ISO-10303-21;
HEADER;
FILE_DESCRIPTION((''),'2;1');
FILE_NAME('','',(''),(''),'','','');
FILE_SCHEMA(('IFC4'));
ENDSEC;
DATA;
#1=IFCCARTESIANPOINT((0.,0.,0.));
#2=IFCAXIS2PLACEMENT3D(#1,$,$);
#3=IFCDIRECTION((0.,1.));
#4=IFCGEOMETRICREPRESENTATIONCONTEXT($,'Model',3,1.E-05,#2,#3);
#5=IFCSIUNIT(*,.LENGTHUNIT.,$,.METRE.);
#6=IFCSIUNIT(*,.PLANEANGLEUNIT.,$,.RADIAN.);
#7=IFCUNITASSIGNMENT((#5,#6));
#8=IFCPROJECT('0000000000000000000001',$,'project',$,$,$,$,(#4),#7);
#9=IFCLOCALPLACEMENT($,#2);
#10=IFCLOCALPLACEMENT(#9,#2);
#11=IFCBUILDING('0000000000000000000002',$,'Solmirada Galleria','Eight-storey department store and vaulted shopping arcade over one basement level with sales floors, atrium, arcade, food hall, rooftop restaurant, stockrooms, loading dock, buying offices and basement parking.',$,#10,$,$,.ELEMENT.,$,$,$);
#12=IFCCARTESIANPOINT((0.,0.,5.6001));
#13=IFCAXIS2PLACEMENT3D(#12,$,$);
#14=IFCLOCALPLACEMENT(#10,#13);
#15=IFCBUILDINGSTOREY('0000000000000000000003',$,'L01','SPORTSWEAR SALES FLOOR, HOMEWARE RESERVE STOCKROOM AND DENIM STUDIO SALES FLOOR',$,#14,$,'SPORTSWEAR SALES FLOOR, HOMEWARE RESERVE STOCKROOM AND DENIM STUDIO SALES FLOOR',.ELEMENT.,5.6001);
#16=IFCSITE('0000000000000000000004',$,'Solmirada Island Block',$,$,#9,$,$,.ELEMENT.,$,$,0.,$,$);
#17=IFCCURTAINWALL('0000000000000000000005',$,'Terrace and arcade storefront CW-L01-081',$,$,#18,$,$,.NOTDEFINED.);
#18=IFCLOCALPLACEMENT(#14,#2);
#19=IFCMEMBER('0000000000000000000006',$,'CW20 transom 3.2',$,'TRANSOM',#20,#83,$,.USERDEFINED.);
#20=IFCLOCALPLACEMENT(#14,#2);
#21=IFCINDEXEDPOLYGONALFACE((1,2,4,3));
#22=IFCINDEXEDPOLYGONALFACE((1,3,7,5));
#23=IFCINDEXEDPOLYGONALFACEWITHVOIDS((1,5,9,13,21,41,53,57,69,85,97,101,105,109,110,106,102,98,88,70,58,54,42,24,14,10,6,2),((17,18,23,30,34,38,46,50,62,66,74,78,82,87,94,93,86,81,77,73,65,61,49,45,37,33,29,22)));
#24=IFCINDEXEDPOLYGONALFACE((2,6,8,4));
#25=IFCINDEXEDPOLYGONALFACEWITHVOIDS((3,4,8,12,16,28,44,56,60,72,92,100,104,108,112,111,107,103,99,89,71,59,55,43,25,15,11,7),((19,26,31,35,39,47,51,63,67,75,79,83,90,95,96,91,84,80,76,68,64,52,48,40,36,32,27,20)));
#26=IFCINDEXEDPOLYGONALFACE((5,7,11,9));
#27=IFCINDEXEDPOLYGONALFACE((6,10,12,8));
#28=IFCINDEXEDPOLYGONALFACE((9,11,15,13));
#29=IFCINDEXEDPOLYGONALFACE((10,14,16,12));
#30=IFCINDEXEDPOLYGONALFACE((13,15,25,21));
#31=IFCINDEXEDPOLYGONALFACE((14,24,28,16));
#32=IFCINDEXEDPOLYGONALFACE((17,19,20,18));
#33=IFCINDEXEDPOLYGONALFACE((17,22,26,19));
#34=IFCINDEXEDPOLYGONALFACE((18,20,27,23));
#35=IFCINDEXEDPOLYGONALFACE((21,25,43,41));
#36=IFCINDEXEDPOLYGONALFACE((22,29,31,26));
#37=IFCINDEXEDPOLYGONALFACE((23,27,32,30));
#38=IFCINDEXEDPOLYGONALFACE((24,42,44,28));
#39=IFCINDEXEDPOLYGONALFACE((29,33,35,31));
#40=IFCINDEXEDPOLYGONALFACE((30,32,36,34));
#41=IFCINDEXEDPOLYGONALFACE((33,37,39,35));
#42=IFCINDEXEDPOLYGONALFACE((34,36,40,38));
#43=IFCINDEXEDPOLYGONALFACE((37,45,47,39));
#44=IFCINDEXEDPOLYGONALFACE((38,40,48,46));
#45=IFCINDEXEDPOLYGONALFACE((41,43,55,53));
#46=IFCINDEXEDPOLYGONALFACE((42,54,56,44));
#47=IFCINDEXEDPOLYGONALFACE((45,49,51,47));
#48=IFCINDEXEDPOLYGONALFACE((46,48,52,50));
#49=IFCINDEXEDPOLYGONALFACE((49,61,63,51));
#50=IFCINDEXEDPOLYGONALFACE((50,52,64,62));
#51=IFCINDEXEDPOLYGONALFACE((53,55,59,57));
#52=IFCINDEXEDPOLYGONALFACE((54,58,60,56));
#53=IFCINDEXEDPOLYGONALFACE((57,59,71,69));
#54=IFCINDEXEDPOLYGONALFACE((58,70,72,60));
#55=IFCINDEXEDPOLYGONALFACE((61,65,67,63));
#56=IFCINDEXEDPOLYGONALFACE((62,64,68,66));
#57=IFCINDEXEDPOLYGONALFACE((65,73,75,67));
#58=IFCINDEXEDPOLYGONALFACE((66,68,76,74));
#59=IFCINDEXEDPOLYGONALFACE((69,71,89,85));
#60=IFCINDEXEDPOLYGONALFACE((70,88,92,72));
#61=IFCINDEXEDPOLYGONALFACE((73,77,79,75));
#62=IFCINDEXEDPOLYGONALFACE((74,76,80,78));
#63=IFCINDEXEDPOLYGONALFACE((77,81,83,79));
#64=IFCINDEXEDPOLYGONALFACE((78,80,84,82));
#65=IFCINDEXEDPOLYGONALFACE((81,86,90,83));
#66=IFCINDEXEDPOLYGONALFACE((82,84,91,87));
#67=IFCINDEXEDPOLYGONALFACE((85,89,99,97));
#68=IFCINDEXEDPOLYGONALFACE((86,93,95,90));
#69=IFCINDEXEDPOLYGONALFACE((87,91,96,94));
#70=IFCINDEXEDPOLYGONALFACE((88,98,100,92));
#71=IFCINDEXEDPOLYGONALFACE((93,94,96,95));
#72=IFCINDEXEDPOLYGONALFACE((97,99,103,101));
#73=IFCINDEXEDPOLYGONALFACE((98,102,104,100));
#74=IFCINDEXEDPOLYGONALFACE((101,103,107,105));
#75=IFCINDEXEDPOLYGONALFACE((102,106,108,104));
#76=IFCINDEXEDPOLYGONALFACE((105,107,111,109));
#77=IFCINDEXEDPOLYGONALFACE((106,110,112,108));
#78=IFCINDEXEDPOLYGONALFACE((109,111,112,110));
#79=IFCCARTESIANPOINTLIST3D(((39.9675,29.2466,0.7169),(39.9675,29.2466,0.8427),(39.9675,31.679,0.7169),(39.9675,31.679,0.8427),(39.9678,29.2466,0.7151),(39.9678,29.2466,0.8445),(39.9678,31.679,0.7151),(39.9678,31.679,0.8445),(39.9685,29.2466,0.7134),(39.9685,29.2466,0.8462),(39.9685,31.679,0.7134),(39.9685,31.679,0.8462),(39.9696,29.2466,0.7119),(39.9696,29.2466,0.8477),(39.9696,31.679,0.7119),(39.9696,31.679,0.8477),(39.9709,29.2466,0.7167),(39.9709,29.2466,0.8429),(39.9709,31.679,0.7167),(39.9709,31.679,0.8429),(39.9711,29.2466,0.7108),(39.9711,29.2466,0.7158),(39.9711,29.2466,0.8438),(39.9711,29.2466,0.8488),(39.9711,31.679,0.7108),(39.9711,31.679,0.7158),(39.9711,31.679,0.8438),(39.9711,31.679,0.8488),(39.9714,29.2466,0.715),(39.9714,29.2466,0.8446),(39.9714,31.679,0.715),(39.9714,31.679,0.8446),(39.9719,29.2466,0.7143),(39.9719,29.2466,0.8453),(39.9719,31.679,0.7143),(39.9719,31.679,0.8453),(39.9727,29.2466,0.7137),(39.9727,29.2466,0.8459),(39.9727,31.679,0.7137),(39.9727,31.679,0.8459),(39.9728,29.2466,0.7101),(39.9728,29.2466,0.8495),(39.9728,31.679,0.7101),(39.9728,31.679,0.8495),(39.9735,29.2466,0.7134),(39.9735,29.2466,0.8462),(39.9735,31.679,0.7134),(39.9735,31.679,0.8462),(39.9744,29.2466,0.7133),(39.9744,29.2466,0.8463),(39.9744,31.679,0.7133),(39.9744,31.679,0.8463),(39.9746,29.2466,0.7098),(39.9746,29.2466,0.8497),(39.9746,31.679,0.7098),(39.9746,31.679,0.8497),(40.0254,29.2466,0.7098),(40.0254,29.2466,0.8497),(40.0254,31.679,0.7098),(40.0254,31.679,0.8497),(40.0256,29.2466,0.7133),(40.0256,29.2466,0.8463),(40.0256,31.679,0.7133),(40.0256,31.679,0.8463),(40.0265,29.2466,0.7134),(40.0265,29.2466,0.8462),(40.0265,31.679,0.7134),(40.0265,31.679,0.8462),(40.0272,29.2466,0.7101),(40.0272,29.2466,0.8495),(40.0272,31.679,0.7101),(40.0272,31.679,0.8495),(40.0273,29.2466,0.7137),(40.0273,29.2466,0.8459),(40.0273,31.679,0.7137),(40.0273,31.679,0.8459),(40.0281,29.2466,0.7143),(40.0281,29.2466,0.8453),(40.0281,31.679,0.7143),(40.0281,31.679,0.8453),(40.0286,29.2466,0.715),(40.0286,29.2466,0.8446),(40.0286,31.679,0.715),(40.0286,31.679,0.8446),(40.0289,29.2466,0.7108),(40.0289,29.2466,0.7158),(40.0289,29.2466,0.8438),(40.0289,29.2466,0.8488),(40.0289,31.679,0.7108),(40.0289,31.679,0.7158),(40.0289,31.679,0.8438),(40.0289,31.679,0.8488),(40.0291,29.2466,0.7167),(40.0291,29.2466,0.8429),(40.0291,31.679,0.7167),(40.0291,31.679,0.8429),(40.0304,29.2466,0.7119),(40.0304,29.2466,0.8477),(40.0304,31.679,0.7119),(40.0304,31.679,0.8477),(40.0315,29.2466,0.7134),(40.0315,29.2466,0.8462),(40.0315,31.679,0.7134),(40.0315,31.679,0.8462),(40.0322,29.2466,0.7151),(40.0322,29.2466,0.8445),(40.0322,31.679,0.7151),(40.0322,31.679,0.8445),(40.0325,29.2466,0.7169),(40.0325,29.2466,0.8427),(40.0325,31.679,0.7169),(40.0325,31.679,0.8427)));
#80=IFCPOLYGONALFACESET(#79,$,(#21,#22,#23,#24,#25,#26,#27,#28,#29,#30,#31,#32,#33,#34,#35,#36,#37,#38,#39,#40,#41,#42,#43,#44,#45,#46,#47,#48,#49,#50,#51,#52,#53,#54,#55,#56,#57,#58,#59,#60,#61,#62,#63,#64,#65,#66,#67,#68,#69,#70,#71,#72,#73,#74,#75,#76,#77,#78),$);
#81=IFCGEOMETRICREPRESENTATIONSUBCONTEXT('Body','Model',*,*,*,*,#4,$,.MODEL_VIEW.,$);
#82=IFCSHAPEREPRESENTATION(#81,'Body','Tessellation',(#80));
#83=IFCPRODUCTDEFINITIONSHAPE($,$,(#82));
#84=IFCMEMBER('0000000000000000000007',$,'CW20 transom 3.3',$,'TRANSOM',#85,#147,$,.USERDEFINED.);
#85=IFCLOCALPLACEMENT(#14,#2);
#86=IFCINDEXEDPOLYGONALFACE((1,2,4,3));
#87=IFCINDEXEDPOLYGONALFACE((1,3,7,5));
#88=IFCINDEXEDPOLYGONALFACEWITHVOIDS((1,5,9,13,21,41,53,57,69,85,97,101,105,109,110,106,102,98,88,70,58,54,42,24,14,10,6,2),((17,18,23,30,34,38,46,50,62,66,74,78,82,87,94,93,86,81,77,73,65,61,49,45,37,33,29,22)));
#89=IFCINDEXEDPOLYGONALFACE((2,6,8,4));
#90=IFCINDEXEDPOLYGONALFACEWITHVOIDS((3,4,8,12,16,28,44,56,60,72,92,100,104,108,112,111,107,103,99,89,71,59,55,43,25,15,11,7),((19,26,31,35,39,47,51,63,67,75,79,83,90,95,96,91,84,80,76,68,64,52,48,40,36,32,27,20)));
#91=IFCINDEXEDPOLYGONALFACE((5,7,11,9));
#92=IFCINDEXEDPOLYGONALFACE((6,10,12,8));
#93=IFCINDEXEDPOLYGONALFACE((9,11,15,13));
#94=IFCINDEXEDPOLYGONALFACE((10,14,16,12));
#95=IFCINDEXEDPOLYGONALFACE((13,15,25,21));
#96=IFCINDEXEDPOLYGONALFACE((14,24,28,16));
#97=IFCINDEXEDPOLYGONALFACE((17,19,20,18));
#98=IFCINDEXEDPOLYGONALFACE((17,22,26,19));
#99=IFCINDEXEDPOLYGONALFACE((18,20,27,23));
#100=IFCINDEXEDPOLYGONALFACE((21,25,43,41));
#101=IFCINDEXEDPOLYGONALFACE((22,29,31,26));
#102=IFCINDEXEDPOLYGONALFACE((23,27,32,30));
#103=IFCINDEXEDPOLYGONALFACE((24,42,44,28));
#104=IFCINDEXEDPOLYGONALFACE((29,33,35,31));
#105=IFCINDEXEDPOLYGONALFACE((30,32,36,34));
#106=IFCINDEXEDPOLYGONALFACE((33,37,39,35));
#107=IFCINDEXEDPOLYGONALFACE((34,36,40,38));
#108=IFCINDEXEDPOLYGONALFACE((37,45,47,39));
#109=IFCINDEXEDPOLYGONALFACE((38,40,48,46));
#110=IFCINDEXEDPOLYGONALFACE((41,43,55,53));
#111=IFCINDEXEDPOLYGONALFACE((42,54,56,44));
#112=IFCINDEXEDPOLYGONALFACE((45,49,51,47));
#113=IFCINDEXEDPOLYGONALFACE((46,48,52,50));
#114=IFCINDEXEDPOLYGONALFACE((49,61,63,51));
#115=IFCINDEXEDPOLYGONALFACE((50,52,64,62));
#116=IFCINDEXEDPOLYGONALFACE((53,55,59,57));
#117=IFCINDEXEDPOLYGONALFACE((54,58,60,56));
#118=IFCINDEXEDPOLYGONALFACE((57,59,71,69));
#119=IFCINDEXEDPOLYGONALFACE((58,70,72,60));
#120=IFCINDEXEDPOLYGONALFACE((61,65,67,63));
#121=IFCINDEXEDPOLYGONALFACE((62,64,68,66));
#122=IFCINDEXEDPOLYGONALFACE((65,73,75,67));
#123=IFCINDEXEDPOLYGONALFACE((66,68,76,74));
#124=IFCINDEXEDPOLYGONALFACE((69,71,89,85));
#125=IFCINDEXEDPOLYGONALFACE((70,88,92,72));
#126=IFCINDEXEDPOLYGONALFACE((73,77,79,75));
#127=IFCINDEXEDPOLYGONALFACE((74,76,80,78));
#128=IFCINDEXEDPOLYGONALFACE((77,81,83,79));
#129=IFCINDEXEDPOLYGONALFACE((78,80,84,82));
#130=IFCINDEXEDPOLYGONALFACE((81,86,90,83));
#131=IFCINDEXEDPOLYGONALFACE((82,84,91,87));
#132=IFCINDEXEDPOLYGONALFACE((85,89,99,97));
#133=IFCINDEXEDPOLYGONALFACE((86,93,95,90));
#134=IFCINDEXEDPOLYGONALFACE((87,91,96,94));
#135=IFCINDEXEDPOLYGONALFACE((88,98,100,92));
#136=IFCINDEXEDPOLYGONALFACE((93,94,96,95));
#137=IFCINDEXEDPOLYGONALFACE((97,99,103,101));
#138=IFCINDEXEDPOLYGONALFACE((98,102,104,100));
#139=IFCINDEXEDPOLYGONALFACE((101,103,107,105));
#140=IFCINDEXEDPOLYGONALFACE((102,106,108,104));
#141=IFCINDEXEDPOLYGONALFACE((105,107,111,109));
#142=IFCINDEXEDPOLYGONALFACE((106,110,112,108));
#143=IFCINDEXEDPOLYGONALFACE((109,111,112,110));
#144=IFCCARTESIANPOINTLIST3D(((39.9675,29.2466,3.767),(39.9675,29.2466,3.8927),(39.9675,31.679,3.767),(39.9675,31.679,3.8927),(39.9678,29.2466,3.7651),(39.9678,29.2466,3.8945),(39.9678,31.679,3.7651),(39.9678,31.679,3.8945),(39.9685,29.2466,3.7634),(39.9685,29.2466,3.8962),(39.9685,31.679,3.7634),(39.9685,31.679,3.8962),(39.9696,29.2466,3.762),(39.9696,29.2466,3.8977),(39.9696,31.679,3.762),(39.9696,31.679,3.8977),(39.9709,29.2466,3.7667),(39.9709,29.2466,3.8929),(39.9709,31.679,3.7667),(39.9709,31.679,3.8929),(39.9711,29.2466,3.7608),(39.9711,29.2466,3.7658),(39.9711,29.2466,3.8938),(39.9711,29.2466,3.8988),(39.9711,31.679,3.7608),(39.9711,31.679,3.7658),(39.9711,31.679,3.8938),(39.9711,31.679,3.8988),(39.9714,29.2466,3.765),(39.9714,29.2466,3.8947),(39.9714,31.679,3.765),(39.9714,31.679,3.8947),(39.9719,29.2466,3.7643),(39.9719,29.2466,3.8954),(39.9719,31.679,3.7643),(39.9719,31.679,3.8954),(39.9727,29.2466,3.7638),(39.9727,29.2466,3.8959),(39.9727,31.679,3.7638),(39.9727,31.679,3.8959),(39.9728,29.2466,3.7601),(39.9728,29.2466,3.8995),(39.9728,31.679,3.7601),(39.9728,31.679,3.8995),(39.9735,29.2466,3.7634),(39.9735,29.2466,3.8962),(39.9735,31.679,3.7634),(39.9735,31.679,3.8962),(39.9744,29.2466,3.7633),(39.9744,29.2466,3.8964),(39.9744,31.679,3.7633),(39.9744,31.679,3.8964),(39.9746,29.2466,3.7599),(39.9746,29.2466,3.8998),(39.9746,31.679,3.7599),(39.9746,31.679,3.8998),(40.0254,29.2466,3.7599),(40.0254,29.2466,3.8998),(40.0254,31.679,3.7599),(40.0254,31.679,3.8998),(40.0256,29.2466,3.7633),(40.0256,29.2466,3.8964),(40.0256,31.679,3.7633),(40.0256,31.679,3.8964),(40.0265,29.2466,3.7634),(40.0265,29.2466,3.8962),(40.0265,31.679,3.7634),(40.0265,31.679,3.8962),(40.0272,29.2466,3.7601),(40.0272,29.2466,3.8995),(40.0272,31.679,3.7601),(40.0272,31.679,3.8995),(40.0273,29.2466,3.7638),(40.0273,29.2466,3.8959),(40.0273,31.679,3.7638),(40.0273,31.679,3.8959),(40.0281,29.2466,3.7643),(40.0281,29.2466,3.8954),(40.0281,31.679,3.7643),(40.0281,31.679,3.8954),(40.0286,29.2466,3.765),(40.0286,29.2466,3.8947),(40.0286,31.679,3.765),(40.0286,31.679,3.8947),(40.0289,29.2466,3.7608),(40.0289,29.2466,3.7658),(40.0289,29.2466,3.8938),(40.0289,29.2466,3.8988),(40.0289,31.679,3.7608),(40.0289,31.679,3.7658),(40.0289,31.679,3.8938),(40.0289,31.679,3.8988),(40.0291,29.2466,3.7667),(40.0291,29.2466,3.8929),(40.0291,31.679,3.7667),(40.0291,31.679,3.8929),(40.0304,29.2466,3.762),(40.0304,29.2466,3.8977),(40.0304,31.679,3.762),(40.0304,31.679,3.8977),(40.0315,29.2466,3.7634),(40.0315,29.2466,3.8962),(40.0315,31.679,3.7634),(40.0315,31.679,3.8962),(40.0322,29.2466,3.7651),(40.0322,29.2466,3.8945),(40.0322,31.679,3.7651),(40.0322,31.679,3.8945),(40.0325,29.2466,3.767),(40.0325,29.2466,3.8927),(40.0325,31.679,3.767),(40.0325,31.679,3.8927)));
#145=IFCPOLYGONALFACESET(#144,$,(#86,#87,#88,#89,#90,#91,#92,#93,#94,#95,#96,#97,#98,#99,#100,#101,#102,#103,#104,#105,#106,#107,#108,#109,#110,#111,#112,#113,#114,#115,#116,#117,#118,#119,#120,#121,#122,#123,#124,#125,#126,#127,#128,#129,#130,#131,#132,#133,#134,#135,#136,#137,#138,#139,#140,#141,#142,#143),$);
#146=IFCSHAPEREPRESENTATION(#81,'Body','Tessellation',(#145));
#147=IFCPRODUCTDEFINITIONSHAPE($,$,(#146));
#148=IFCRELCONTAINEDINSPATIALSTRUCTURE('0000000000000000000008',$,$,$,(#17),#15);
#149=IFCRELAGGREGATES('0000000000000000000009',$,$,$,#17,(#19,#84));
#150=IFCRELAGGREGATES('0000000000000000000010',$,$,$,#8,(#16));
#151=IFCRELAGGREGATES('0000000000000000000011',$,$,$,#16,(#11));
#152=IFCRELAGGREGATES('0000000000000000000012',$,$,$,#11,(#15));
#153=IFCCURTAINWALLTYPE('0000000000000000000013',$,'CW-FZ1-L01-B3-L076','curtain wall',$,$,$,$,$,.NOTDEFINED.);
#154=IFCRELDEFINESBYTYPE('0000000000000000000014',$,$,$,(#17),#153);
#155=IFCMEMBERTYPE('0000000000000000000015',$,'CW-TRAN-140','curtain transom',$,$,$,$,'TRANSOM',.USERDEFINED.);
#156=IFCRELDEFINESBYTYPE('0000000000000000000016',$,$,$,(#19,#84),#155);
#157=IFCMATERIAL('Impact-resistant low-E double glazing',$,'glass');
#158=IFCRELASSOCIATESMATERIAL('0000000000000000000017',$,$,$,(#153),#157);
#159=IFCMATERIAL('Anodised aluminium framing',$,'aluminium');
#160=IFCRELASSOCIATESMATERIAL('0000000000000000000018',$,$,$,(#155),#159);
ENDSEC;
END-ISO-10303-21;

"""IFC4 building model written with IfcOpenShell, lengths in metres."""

from ifc_helpers import new_model, si_unit, direction, frame, origin, origin_2d, place, context, subcontext, project, spatial, hollow_rectangle, extrude, material, material_profile, profile_set, type_object, element, aggregate, save


model = new_model("IFC4")

# Units and contexts
model_context = context("Model", 3, precision=1e-05, world=origin(), true_north=direction((0.0, 1.0)))
body_context = subcontext(model_context, "Body", "Model", "MODEL_VIEW")
ifc_project = project(units=[si_unit("LENGTHUNIT", "METRE"), si_unit("PLANEANGLEUNIT", "RADIAN")], contexts=[model_context])

# Site, building, storey
site_placement = place(None, origin())
site = spatial("IfcSite", under=ifc_project, at=site_placement, Name="Solmirada Island Block", CompositionType="ELEMENT", RefElevation=0.0)
building_placement = place(site_placement, origin())
building = spatial("IfcBuilding", under=site, at=building_placement, Name="Solmirada Galleria", Description="Eight-storey department store and vaulted shopping arcade over one basement level with sales floors, atrium, arcade, food hall, rooftop restaurant, stockrooms, loading dock, buying offices and basement parking.", CompositionType="ELEMENT")
storey_placement = place(building_placement, frame((0.0, 0.0, 5.6001)))
storey = spatial("IfcBuildingStorey", under=building, at=storey_placement, Name="L01", Description="SPORTSWEAR SALES FLOOR, HOMEWARE RESERVE STOCKROOM AND DENIM STUDIO SALES FLOOR", LongName="SPORTSWEAR SALES FLOOR, HOMEWARE RESERVE STOCKROOM AND DENIM STUDIO SALES FLOOR", CompositionType="ELEMENT", Elevation=5.6001)

# Shared definitions
ifc_material_1 = material(Name="Impact-resistant low-E double glazing", Category="glass")
ifc_material_2 = material(Name="Anodised aluminium framing", Category="aluminium")

# Curtain wall
curtain_wall_type_1 = type_object("IfcCurtainWallType", Name="CW-FZ1-L01-B3-L076", Description="curtain wall", PredefinedType="NOTDEFINED", material=ifc_material_1)
curtain_wall_1_placement = place(storey_placement, origin())
curtain_wall_1 = element("IfcCurtainWall", 1, at=curtain_wall_1_placement, inside=storey, type_object=curtain_wall_type_1, Name="Terrace and arcade storefront CW-L01-081", PredefinedType="NOTDEFINED")

# Members
ifc_material_profile_1 = material_profile(ifc_material_2, hollow_rectangle(XDim=0.0649, YDim=0.1399, WallThickness=0.0034, InnerFilletRadius=0.0034, OuterFilletRadius=0.0071, at=origin_2d()), Name="ALU-TRAN-140X65")
ifc_profile_set_1 = profile_set([ifc_material_profile_1], Name="Anodised aluminium framing")
member_type_1 = type_object("IfcMemberType", Name="CW-TRAN-140", Description="curtain transom", ElementType="TRANSOM", PredefinedType="USERDEFINED", material=ifc_profile_set_1)
member_1_placement = place(storey_placement, frame((40.0, 29.2466, 0.7798), z_axis=(0.0, 1.0, 0.0), x_axis=(-1.0, 0.0, 0.0)))
member_1 = element("IfcMember", 2, at=member_1_placement, type_object=member_type_1, Name="CW20 transom 3.2", ObjectType="TRANSOM", PredefinedType="USERDEFINED", context=body_context, shape_type="SweptSolid", body=[
    extrude(hollow_rectangle(XDim=0.0649, YDim=0.1399, WallThickness=0.0034, InnerFilletRadius=0.0034, OuterFilletRadius=0.0071, at=origin_2d()), origin(), (0.0, 0.0, 1.0), 2.4324),
])
member_2_placement = place(storey_placement, frame((40.0, 29.2466, 3.8298), z_axis=(0.0, 1.0, 0.0), x_axis=(-1.0, 0.0, 0.0)))
member_2 = element("IfcMember", 3, at=member_2_placement, type_object=member_type_1, Name="CW20 transom 3.3", ObjectType="TRANSOM", PredefinedType="USERDEFINED", context=body_context, shape_type="SweptSolid", body=[
    extrude(hollow_rectangle(XDim=0.0649, YDim=0.1399, WallThickness=0.0034, InnerFilletRadius=0.0034, OuterFilletRadius=0.0071, at=origin_2d()), origin(), (0.0, 0.0, 1.0), 2.4324),
])

aggregate(curtain_wall_1, [member_1, member_2])

save(model, "model.ifc")
